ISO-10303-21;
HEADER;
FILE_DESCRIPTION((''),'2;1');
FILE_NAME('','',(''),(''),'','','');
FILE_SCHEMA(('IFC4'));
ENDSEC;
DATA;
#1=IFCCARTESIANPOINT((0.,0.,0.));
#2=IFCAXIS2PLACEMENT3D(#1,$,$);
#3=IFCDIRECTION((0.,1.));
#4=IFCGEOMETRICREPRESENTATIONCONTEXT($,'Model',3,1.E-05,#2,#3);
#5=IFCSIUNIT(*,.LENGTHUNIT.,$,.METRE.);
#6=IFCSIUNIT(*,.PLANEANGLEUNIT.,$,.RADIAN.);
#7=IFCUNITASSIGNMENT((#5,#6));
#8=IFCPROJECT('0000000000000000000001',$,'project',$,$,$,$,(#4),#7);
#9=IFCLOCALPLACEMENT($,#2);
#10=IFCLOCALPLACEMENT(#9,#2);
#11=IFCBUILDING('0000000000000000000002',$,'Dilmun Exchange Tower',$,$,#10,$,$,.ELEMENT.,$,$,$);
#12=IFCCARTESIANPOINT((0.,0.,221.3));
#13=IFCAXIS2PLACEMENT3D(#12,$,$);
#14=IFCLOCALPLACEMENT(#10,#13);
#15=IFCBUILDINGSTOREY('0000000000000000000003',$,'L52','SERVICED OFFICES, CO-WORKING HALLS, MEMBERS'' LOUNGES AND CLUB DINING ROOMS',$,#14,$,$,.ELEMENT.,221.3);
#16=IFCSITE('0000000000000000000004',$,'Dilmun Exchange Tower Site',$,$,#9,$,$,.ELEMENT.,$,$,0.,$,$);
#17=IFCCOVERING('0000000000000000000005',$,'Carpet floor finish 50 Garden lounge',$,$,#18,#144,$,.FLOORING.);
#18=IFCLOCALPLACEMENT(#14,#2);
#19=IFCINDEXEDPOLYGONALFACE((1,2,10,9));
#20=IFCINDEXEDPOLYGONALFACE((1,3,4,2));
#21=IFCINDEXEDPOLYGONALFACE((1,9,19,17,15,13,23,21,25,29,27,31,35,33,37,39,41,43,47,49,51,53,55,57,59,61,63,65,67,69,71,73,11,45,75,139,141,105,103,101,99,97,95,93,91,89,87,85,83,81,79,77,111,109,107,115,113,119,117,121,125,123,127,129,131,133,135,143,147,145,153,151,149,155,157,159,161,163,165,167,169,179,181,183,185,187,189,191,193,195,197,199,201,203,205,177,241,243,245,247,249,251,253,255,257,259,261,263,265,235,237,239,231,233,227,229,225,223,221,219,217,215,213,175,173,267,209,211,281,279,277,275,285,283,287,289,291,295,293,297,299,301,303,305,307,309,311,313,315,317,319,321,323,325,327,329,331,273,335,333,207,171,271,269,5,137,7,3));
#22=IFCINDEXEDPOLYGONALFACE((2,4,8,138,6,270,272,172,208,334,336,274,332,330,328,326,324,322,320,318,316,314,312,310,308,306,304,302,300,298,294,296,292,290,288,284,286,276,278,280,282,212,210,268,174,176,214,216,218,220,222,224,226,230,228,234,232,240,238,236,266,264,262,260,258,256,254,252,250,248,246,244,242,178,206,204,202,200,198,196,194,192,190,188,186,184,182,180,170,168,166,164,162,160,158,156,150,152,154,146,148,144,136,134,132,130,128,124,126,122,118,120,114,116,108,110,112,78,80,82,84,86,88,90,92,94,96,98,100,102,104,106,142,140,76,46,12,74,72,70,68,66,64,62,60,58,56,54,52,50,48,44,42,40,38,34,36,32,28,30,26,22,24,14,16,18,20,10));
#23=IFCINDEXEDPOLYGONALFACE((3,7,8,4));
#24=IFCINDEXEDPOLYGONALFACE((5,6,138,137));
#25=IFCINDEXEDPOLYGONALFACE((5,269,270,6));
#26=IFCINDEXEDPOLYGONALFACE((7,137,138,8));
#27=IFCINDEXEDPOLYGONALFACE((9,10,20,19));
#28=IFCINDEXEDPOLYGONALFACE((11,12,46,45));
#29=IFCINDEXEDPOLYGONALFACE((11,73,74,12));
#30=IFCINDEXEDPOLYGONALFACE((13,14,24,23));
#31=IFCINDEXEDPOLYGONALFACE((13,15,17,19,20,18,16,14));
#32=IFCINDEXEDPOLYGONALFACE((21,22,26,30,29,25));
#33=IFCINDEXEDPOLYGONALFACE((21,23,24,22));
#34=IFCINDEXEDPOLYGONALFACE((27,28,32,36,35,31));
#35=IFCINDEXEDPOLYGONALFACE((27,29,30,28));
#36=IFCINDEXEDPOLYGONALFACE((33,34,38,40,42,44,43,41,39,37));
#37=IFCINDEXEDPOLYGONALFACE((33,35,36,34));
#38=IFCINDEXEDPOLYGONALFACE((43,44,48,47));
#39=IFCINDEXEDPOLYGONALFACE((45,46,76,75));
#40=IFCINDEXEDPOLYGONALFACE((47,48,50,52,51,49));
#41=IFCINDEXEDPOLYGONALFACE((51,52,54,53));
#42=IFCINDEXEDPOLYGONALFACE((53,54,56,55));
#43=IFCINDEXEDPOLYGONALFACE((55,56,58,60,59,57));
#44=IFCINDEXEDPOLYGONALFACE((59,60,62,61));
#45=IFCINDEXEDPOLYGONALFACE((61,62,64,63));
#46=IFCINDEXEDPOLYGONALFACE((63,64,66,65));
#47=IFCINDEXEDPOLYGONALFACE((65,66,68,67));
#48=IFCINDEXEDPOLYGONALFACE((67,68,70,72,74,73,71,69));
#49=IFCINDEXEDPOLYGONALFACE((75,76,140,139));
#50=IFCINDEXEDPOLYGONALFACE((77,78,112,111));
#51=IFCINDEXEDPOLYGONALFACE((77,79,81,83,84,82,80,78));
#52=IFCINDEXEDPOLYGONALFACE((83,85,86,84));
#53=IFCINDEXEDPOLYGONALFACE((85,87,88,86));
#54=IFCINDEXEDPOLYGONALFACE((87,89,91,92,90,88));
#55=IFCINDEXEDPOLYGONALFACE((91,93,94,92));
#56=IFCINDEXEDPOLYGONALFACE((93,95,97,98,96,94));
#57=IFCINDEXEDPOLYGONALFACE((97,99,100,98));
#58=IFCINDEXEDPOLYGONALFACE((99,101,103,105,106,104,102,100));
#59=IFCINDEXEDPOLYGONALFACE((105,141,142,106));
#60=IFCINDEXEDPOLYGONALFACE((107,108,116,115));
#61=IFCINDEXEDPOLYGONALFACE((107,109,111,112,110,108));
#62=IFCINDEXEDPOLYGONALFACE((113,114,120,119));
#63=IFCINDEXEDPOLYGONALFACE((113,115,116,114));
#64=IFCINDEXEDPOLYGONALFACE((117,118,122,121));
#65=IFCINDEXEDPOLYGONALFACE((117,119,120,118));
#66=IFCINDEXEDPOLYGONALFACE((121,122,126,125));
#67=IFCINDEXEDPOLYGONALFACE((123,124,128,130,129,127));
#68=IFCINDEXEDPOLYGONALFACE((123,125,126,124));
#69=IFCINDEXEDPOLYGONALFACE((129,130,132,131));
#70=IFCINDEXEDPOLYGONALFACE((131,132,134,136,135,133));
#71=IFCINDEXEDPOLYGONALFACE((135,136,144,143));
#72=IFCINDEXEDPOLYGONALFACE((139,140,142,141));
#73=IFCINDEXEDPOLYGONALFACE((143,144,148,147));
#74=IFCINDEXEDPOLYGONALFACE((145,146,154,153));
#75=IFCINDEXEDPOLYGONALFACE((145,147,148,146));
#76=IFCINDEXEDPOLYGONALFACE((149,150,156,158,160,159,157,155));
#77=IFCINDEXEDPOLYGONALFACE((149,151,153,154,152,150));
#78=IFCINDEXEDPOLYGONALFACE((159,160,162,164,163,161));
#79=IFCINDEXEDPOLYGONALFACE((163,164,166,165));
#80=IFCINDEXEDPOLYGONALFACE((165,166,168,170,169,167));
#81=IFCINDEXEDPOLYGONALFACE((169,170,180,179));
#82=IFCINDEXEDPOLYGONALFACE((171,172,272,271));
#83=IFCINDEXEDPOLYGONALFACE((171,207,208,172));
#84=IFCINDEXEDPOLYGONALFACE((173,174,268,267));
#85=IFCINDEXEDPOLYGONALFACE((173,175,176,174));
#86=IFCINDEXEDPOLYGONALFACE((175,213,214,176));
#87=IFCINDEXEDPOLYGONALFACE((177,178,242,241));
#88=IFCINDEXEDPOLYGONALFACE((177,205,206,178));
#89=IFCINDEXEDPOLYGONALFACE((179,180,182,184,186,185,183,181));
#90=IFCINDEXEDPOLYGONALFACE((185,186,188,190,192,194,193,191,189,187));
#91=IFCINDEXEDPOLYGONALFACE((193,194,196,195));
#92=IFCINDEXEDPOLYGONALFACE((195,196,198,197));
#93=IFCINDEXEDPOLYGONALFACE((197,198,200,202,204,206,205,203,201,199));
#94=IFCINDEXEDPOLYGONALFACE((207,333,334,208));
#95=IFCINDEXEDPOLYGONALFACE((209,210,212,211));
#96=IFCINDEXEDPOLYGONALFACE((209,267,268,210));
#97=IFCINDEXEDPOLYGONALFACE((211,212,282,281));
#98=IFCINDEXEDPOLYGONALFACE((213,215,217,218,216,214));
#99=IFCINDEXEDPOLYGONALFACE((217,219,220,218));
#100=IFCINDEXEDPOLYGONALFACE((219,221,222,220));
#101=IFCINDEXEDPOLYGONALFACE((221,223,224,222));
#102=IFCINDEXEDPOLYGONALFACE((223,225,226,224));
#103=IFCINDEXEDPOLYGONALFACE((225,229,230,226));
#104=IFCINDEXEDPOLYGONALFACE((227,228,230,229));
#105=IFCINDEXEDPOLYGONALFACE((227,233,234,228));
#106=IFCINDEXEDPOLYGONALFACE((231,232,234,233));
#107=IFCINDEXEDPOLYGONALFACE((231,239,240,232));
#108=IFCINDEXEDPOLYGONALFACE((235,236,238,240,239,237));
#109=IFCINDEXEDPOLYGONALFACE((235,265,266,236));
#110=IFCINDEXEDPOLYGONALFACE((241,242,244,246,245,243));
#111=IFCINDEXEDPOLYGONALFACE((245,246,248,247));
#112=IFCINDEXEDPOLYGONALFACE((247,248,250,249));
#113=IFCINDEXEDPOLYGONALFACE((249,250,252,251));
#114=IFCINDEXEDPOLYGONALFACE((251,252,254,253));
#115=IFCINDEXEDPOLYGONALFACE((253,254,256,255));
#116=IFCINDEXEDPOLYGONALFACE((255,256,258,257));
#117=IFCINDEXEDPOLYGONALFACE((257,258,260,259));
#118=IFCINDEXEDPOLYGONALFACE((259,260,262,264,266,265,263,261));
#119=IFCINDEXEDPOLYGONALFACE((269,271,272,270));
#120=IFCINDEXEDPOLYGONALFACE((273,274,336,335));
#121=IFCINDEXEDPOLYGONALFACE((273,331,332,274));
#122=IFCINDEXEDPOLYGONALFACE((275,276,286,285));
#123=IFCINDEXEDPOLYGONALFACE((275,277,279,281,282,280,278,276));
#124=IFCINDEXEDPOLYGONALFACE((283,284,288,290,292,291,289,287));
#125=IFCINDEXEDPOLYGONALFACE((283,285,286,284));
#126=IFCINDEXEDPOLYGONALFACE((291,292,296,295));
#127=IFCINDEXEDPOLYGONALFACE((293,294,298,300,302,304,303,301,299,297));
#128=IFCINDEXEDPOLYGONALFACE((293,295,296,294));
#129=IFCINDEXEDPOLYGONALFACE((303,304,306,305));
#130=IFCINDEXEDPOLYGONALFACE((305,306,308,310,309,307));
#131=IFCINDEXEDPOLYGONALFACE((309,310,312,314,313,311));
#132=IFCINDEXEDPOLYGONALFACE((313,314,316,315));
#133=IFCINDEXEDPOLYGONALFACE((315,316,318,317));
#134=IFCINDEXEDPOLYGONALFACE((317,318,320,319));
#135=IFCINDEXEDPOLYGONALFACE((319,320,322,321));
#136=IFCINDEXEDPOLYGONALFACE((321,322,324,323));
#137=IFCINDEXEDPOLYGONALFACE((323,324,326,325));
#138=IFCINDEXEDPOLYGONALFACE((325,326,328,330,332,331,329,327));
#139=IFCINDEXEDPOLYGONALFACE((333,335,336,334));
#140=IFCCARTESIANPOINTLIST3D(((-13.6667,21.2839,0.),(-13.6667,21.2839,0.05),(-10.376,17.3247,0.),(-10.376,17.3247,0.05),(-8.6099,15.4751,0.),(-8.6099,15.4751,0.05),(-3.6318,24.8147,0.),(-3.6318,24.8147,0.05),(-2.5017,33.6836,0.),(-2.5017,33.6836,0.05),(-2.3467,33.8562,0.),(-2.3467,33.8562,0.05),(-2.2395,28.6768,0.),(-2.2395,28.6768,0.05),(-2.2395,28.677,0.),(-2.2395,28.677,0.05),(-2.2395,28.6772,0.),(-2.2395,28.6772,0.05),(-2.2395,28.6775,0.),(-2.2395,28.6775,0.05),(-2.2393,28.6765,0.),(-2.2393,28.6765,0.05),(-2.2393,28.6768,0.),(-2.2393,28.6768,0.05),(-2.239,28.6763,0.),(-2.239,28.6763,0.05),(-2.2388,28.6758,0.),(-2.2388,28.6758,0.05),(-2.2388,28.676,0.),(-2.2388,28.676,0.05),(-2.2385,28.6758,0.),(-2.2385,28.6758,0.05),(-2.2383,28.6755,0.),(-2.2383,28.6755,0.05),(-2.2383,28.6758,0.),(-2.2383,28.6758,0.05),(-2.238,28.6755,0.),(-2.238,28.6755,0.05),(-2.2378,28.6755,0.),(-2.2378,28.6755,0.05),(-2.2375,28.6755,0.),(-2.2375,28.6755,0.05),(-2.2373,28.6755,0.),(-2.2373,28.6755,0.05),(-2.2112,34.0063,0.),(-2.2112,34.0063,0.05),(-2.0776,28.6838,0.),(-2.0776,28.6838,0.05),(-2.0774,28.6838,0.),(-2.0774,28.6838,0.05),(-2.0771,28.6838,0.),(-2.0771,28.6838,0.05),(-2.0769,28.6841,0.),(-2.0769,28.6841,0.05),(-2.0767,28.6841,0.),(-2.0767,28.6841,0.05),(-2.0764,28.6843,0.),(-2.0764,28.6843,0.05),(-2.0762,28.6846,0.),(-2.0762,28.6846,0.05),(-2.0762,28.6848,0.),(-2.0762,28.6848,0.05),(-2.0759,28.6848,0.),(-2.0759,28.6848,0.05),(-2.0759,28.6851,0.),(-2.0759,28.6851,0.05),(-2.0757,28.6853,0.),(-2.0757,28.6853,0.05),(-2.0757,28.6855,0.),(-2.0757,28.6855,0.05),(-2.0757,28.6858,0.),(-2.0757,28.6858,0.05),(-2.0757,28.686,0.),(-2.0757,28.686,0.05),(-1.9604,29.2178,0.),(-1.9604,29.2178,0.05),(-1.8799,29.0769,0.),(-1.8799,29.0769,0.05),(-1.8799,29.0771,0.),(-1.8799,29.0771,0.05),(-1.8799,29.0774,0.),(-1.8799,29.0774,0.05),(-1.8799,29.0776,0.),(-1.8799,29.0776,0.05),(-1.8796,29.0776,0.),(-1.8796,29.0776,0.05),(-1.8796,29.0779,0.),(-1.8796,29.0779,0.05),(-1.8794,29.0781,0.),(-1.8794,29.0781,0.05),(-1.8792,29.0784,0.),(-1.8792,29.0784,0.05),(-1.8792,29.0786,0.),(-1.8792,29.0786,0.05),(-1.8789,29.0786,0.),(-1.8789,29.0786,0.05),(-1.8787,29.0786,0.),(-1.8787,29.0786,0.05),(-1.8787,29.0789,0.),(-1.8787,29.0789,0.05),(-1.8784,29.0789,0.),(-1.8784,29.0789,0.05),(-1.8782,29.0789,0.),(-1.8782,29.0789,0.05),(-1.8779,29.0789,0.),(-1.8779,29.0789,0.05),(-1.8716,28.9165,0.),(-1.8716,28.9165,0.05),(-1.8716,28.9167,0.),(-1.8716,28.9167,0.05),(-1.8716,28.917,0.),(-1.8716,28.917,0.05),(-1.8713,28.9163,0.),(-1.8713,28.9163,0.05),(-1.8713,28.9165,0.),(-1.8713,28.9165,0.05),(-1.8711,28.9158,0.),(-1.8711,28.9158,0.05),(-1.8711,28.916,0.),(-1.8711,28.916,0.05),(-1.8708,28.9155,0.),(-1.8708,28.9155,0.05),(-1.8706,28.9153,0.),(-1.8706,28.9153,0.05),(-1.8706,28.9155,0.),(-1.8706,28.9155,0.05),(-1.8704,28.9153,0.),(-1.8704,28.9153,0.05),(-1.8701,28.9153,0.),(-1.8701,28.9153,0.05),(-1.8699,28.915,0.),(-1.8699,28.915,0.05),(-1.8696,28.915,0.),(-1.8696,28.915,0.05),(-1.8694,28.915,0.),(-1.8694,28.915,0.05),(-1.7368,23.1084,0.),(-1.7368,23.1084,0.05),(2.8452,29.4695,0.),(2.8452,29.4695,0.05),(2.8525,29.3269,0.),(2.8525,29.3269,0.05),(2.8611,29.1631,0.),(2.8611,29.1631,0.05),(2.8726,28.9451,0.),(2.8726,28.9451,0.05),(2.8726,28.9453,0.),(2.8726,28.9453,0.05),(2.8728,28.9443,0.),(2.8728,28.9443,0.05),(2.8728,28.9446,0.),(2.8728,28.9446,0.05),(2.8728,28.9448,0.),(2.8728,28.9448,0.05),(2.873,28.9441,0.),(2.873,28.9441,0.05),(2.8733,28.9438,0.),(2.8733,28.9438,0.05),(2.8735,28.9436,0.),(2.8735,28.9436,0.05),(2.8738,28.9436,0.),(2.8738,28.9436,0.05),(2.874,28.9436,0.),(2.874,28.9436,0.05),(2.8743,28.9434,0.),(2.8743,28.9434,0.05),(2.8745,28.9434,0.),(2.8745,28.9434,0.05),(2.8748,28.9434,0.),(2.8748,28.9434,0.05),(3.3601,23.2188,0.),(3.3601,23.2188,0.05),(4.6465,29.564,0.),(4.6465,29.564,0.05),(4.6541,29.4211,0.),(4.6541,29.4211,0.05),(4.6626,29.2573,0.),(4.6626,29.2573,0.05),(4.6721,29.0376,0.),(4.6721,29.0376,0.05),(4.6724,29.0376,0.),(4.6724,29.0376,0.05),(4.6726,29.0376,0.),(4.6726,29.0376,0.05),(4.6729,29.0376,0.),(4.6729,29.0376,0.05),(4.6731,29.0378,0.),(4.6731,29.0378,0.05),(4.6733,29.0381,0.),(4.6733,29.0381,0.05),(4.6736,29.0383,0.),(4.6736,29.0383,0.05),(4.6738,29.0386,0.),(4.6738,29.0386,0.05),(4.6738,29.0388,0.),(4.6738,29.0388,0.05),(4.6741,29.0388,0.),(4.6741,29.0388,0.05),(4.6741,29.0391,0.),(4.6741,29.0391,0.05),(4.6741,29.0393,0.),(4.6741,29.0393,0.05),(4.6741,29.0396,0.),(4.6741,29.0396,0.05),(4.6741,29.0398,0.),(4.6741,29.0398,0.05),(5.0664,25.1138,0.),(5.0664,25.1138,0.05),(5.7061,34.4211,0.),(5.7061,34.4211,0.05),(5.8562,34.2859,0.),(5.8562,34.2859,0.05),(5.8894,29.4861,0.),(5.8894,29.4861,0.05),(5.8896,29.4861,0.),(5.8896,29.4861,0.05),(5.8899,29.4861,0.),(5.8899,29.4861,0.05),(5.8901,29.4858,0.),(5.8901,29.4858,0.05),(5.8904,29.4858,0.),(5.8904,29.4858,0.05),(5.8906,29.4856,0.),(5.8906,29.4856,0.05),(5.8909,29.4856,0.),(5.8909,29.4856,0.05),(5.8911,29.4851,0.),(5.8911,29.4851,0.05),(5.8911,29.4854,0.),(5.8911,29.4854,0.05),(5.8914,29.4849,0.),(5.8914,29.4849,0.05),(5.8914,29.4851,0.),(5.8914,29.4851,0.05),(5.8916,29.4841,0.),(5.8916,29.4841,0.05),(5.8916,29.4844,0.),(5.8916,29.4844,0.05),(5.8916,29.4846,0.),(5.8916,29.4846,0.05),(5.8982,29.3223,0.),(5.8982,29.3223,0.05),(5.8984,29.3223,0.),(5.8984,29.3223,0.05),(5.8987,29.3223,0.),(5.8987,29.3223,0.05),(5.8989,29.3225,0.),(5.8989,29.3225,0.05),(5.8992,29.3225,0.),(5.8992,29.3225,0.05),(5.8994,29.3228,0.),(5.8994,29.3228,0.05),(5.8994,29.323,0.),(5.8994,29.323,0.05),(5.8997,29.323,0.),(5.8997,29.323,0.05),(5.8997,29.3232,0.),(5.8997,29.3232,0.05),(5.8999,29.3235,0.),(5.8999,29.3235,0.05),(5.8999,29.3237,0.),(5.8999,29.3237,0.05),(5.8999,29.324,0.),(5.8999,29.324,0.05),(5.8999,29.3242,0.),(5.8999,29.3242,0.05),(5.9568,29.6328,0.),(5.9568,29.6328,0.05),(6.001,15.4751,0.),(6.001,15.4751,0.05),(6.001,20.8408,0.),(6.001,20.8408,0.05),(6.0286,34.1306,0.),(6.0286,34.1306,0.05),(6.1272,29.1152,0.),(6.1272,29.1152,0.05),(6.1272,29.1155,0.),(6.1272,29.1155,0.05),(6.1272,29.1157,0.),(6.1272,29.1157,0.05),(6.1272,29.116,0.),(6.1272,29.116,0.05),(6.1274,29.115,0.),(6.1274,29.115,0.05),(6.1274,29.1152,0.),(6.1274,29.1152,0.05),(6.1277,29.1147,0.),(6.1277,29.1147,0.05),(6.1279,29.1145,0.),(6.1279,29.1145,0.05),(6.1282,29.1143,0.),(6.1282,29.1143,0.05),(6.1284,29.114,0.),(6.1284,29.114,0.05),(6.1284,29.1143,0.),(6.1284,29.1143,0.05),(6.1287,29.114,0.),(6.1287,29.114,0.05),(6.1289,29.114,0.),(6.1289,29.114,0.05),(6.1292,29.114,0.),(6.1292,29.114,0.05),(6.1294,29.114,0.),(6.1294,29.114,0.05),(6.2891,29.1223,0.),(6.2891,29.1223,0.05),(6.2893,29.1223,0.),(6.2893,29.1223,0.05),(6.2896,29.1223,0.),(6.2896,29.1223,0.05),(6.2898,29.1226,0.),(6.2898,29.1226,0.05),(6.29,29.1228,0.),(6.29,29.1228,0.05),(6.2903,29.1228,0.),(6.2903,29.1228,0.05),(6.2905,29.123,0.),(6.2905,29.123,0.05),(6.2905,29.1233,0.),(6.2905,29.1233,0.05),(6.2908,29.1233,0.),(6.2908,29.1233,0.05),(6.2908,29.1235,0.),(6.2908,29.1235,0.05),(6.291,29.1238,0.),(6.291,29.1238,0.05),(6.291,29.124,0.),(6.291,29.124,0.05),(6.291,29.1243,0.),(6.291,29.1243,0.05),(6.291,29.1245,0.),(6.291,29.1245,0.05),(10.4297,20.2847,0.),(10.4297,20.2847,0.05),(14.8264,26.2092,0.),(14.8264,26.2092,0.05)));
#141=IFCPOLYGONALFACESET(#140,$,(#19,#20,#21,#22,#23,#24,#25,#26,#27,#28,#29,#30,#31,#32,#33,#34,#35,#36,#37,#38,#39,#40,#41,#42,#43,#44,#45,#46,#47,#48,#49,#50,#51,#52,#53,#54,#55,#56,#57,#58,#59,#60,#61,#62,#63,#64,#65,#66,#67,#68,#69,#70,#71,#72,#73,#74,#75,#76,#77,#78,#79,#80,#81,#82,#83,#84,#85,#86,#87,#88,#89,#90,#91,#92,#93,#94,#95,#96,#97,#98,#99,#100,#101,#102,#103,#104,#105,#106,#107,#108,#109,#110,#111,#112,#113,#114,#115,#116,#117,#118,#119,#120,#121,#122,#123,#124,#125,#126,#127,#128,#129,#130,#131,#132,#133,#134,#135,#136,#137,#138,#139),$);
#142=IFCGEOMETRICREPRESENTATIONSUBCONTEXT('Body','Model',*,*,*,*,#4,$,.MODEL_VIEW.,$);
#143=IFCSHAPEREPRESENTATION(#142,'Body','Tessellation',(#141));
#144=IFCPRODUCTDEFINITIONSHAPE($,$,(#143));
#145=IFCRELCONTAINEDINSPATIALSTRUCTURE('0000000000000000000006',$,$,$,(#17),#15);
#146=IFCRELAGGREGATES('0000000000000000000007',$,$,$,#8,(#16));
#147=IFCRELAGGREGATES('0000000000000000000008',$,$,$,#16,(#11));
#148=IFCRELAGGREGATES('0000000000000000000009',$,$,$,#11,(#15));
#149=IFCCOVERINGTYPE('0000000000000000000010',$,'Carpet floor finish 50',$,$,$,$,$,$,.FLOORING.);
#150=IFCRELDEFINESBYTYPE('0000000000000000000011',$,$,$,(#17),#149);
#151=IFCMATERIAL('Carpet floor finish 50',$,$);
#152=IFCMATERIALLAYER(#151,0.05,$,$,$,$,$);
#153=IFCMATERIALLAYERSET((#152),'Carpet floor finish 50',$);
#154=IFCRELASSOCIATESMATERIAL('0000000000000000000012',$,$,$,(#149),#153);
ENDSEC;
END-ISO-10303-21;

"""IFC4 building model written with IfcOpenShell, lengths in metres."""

from ifc_helpers import new_model, si_unit, direction, frame, origin, place, context, subcontext, project, spatial, polyline, outline, extrude, material, layer, layer_set, type_object, element, save


model = new_model("IFC4")

# Units and contexts
model_context = context("Model", 3, precision=1e-05, world=origin(), true_north=direction((0.0, 1.0)))
body_context = subcontext(model_context, "Body", "Model", "MODEL_VIEW")
ifc_project = project(units=[si_unit("LENGTHUNIT", "METRE"), si_unit("PLANEANGLEUNIT", "RADIAN")], contexts=[model_context])

# Site, building, storey
site_placement = place(None, origin())
site = spatial("IfcSite", under=ifc_project, at=site_placement, Name="Dilmun Exchange Tower Site", CompositionType="ELEMENT", RefElevation=0.0)
building_placement = place(site_placement, origin())
building = spatial("IfcBuilding", under=site, at=building_placement, Name="Dilmun Exchange Tower", CompositionType="ELEMENT")
storey_placement = place(building_placement, frame((0.0, 0.0, 221.3)))
storey = spatial("IfcBuildingStorey", under=building, at=storey_placement, Name="L52", Description="SERVICED OFFICES, CO-WORKING HALLS, MEMBERS' LOUNGES AND CLUB DINING ROOMS", CompositionType="ELEMENT", Elevation=221.3)

# Covering
ifc_material_1 = material(Name="Carpet floor finish 50")
ifc_layer_1 = layer(ifc_material_1, 0.05)
ifc_layer_set_1 = layer_set([ifc_layer_1], Name="Carpet floor finish 50")
covering_type_1 = type_object("IfcCoveringType", Name="Carpet floor finish 50", PredefinedType="FLOORING", material=ifc_layer_set_1)
covering_1_placement = place(storey_placement, origin())
element("IfcCovering", 1, at=covering_1_placement, inside=storey, type_object=covering_type_1, Name="Carpet floor finish 50 Garden lounge", PredefinedType="FLOORING", context=body_context, shape_type="SweptSolid", body=[
    extrude(outline(polyline([(-1.7368, 23.1084), (-3.6318, 24.8147), (-10.376, 17.3247), (-13.6667, 21.2839), (-2.5017, 33.6836), (-2.2395, 28.6775), (-2.2395, 28.6772), (-2.2395, 28.677), (-2.2395, 28.6768), (-2.2393, 28.6768), (-2.2393, 28.6765), (-2.239, 28.6763), (-2.239, 28.6763), (-2.2388, 28.676), (-2.2388, 28.6758), (-2.2385, 28.6758), (-2.2383, 28.6758), (-2.2383, 28.6755), (-2.238, 28.6755), (-2.2378, 28.6755), (-2.2375, 28.6755), (-2.2373, 28.6755), (-2.0776, 28.6838), (-2.0774, 28.6838), (-2.0771, 28.6838), (-2.0769, 28.6841), (-2.0769, 28.6841), (-2.0767, 28.6841), (-2.0764, 28.6843), (-2.0764, 28.6843), (-2.0762, 28.6846), (-2.0762, 28.6848), (-2.0759, 28.6848), (-2.0759, 28.6851), (-2.0757, 28.6853), (-2.0757, 28.6853), (-2.0757, 28.6855), (-2.0757, 28.6858), (-2.0757, 28.686), (-2.3467, 33.8562), (-2.2112, 34.0063), (-1.9604, 29.2178), (2.8452, 29.4695), (2.8525, 29.3269), (-1.8779, 29.0789), (-1.8782, 29.0789), (-1.8784, 29.0789), (-1.8787, 29.0789), (-1.8787, 29.0786), (-1.8789, 29.0786), (-1.8792, 29.0786), (-1.8792, 29.0784), (-1.8794, 29.0781), (-1.8794, 29.0781), (-1.8796, 29.0779), (-1.8796, 29.0776), (-1.8799, 29.0776), (-1.8799, 29.0774), (-1.8799, 29.0771), (-1.8799, 29.0769), (-1.8799, 29.0769), (-1.8716, 28.917), (-1.8716, 28.9167), (-1.8716, 28.9165), (-1.8713, 28.9165), (-1.8713, 28.9163), (-1.8711, 28.916), (-1.8711, 28.916), (-1.8711, 28.9158), (-1.8708, 28.9155), (-1.8706, 28.9155), (-1.8706, 28.9153), (-1.8704, 28.9153), (-1.8701, 28.9153), (-1.8701, 28.9153), (-1.8699, 28.915), (-1.8696, 28.915), (-1.8694, 28.915), (2.8611, 29.1631), (2.8726, 28.9453), (2.8726, 28.9451), (2.8728, 28.9448), (2.8728, 28.9446), (2.8728, 28.9446), (2.8728, 28.9443), (2.873, 28.9441), (2.873, 28.9441), (2.8733, 28.9438), (2.8733, 28.9438), (2.8735, 28.9436), (2.8738, 28.9436), (2.8738, 28.9436), (2.874, 28.9436), (2.8743, 28.9434), (2.8745, 28.9434), (2.8748, 28.9434), (4.6721, 29.0376), (4.6724, 29.0376), (4.6726, 29.0376), (4.6729, 29.0376), (4.6731, 29.0378), (4.6731, 29.0378), (4.6733, 29.0381), (4.6733, 29.0381), (4.6736, 29.0383), (4.6736, 29.0383), (4.6738, 29.0386), (4.6738, 29.0388), (4.6741, 29.0388), (4.6741, 29.0391), (4.6741, 29.0393), (4.6741, 29.0396), (4.6741, 29.0398), (4.6626, 29.2573), (5.8982, 29.3223), (5.8982, 29.3223), (5.8984, 29.3223), (5.8987, 29.3223), (5.8989, 29.3225), (5.8989, 29.3225), (5.8992, 29.3225), (5.8994, 29.3228), (5.8994, 29.323), (5.8997, 29.323), (5.8997, 29.3232), (5.8999, 29.3235), (5.8999, 29.3235), (5.8999, 29.3237), (5.8999, 29.324), (5.8999, 29.3242), (5.8999, 29.3242), (5.8916, 29.4841), (5.8916, 29.4844), (5.8916, 29.4846), (5.8916, 29.4846), (5.8914, 29.4849), (5.8914, 29.4851), (5.8911, 29.4851), (5.8911, 29.4854), (5.8909, 29.4856), (5.8909, 29.4856), (5.8906, 29.4856), (5.8904, 29.4858), (5.8904, 29.4858), (5.8901, 29.4858), (5.8899, 29.4861), (5.8896, 29.4861), (5.8894, 29.4861), (4.6541, 29.4211), (4.6465, 29.564), (5.9568, 29.6328), (5.7061, 34.4211), (5.8562, 34.2859), (6.1272, 29.116), (6.1272, 29.1157), (6.1272, 29.1155), (6.1272, 29.1152), (6.1274, 29.1152), (6.1274, 29.115), (6.1277, 29.1147), (6.1277, 29.1147), (6.1279, 29.1145), (6.1279, 29.1145), (6.1282, 29.1143), (6.1284, 29.1143), (6.1284, 29.114), (6.1287, 29.114), (6.1289, 29.114), (6.1292, 29.114), (6.1294, 29.114), (6.2891, 29.1223), (6.2893, 29.1223), (6.2896, 29.1223), (6.2898, 29.1226), (6.2898, 29.1226), (6.29, 29.1228), (6.2903, 29.1228), (6.2903, 29.1228), (6.2905, 29.123), (6.2905, 29.1233), (6.2908, 29.1233), (6.2908, 29.1235), (6.291, 29.1238), (6.291, 29.1238), (6.291, 29.124), (6.291, 29.1243), (6.291, 29.1245), (6.0286, 34.1306), (14.8264, 26.2092), (10.4297, 20.2847), (5.0664, 25.1138), (3.3601, 23.2188), (6.001, 20.8408), (6.001, 15.4751), (-8.6099, 15.4751), (-1.7368, 23.1084)])), origin(), (0.0, 0.0, 1.0), 0.05),
])

save(model, "model.ifc")
